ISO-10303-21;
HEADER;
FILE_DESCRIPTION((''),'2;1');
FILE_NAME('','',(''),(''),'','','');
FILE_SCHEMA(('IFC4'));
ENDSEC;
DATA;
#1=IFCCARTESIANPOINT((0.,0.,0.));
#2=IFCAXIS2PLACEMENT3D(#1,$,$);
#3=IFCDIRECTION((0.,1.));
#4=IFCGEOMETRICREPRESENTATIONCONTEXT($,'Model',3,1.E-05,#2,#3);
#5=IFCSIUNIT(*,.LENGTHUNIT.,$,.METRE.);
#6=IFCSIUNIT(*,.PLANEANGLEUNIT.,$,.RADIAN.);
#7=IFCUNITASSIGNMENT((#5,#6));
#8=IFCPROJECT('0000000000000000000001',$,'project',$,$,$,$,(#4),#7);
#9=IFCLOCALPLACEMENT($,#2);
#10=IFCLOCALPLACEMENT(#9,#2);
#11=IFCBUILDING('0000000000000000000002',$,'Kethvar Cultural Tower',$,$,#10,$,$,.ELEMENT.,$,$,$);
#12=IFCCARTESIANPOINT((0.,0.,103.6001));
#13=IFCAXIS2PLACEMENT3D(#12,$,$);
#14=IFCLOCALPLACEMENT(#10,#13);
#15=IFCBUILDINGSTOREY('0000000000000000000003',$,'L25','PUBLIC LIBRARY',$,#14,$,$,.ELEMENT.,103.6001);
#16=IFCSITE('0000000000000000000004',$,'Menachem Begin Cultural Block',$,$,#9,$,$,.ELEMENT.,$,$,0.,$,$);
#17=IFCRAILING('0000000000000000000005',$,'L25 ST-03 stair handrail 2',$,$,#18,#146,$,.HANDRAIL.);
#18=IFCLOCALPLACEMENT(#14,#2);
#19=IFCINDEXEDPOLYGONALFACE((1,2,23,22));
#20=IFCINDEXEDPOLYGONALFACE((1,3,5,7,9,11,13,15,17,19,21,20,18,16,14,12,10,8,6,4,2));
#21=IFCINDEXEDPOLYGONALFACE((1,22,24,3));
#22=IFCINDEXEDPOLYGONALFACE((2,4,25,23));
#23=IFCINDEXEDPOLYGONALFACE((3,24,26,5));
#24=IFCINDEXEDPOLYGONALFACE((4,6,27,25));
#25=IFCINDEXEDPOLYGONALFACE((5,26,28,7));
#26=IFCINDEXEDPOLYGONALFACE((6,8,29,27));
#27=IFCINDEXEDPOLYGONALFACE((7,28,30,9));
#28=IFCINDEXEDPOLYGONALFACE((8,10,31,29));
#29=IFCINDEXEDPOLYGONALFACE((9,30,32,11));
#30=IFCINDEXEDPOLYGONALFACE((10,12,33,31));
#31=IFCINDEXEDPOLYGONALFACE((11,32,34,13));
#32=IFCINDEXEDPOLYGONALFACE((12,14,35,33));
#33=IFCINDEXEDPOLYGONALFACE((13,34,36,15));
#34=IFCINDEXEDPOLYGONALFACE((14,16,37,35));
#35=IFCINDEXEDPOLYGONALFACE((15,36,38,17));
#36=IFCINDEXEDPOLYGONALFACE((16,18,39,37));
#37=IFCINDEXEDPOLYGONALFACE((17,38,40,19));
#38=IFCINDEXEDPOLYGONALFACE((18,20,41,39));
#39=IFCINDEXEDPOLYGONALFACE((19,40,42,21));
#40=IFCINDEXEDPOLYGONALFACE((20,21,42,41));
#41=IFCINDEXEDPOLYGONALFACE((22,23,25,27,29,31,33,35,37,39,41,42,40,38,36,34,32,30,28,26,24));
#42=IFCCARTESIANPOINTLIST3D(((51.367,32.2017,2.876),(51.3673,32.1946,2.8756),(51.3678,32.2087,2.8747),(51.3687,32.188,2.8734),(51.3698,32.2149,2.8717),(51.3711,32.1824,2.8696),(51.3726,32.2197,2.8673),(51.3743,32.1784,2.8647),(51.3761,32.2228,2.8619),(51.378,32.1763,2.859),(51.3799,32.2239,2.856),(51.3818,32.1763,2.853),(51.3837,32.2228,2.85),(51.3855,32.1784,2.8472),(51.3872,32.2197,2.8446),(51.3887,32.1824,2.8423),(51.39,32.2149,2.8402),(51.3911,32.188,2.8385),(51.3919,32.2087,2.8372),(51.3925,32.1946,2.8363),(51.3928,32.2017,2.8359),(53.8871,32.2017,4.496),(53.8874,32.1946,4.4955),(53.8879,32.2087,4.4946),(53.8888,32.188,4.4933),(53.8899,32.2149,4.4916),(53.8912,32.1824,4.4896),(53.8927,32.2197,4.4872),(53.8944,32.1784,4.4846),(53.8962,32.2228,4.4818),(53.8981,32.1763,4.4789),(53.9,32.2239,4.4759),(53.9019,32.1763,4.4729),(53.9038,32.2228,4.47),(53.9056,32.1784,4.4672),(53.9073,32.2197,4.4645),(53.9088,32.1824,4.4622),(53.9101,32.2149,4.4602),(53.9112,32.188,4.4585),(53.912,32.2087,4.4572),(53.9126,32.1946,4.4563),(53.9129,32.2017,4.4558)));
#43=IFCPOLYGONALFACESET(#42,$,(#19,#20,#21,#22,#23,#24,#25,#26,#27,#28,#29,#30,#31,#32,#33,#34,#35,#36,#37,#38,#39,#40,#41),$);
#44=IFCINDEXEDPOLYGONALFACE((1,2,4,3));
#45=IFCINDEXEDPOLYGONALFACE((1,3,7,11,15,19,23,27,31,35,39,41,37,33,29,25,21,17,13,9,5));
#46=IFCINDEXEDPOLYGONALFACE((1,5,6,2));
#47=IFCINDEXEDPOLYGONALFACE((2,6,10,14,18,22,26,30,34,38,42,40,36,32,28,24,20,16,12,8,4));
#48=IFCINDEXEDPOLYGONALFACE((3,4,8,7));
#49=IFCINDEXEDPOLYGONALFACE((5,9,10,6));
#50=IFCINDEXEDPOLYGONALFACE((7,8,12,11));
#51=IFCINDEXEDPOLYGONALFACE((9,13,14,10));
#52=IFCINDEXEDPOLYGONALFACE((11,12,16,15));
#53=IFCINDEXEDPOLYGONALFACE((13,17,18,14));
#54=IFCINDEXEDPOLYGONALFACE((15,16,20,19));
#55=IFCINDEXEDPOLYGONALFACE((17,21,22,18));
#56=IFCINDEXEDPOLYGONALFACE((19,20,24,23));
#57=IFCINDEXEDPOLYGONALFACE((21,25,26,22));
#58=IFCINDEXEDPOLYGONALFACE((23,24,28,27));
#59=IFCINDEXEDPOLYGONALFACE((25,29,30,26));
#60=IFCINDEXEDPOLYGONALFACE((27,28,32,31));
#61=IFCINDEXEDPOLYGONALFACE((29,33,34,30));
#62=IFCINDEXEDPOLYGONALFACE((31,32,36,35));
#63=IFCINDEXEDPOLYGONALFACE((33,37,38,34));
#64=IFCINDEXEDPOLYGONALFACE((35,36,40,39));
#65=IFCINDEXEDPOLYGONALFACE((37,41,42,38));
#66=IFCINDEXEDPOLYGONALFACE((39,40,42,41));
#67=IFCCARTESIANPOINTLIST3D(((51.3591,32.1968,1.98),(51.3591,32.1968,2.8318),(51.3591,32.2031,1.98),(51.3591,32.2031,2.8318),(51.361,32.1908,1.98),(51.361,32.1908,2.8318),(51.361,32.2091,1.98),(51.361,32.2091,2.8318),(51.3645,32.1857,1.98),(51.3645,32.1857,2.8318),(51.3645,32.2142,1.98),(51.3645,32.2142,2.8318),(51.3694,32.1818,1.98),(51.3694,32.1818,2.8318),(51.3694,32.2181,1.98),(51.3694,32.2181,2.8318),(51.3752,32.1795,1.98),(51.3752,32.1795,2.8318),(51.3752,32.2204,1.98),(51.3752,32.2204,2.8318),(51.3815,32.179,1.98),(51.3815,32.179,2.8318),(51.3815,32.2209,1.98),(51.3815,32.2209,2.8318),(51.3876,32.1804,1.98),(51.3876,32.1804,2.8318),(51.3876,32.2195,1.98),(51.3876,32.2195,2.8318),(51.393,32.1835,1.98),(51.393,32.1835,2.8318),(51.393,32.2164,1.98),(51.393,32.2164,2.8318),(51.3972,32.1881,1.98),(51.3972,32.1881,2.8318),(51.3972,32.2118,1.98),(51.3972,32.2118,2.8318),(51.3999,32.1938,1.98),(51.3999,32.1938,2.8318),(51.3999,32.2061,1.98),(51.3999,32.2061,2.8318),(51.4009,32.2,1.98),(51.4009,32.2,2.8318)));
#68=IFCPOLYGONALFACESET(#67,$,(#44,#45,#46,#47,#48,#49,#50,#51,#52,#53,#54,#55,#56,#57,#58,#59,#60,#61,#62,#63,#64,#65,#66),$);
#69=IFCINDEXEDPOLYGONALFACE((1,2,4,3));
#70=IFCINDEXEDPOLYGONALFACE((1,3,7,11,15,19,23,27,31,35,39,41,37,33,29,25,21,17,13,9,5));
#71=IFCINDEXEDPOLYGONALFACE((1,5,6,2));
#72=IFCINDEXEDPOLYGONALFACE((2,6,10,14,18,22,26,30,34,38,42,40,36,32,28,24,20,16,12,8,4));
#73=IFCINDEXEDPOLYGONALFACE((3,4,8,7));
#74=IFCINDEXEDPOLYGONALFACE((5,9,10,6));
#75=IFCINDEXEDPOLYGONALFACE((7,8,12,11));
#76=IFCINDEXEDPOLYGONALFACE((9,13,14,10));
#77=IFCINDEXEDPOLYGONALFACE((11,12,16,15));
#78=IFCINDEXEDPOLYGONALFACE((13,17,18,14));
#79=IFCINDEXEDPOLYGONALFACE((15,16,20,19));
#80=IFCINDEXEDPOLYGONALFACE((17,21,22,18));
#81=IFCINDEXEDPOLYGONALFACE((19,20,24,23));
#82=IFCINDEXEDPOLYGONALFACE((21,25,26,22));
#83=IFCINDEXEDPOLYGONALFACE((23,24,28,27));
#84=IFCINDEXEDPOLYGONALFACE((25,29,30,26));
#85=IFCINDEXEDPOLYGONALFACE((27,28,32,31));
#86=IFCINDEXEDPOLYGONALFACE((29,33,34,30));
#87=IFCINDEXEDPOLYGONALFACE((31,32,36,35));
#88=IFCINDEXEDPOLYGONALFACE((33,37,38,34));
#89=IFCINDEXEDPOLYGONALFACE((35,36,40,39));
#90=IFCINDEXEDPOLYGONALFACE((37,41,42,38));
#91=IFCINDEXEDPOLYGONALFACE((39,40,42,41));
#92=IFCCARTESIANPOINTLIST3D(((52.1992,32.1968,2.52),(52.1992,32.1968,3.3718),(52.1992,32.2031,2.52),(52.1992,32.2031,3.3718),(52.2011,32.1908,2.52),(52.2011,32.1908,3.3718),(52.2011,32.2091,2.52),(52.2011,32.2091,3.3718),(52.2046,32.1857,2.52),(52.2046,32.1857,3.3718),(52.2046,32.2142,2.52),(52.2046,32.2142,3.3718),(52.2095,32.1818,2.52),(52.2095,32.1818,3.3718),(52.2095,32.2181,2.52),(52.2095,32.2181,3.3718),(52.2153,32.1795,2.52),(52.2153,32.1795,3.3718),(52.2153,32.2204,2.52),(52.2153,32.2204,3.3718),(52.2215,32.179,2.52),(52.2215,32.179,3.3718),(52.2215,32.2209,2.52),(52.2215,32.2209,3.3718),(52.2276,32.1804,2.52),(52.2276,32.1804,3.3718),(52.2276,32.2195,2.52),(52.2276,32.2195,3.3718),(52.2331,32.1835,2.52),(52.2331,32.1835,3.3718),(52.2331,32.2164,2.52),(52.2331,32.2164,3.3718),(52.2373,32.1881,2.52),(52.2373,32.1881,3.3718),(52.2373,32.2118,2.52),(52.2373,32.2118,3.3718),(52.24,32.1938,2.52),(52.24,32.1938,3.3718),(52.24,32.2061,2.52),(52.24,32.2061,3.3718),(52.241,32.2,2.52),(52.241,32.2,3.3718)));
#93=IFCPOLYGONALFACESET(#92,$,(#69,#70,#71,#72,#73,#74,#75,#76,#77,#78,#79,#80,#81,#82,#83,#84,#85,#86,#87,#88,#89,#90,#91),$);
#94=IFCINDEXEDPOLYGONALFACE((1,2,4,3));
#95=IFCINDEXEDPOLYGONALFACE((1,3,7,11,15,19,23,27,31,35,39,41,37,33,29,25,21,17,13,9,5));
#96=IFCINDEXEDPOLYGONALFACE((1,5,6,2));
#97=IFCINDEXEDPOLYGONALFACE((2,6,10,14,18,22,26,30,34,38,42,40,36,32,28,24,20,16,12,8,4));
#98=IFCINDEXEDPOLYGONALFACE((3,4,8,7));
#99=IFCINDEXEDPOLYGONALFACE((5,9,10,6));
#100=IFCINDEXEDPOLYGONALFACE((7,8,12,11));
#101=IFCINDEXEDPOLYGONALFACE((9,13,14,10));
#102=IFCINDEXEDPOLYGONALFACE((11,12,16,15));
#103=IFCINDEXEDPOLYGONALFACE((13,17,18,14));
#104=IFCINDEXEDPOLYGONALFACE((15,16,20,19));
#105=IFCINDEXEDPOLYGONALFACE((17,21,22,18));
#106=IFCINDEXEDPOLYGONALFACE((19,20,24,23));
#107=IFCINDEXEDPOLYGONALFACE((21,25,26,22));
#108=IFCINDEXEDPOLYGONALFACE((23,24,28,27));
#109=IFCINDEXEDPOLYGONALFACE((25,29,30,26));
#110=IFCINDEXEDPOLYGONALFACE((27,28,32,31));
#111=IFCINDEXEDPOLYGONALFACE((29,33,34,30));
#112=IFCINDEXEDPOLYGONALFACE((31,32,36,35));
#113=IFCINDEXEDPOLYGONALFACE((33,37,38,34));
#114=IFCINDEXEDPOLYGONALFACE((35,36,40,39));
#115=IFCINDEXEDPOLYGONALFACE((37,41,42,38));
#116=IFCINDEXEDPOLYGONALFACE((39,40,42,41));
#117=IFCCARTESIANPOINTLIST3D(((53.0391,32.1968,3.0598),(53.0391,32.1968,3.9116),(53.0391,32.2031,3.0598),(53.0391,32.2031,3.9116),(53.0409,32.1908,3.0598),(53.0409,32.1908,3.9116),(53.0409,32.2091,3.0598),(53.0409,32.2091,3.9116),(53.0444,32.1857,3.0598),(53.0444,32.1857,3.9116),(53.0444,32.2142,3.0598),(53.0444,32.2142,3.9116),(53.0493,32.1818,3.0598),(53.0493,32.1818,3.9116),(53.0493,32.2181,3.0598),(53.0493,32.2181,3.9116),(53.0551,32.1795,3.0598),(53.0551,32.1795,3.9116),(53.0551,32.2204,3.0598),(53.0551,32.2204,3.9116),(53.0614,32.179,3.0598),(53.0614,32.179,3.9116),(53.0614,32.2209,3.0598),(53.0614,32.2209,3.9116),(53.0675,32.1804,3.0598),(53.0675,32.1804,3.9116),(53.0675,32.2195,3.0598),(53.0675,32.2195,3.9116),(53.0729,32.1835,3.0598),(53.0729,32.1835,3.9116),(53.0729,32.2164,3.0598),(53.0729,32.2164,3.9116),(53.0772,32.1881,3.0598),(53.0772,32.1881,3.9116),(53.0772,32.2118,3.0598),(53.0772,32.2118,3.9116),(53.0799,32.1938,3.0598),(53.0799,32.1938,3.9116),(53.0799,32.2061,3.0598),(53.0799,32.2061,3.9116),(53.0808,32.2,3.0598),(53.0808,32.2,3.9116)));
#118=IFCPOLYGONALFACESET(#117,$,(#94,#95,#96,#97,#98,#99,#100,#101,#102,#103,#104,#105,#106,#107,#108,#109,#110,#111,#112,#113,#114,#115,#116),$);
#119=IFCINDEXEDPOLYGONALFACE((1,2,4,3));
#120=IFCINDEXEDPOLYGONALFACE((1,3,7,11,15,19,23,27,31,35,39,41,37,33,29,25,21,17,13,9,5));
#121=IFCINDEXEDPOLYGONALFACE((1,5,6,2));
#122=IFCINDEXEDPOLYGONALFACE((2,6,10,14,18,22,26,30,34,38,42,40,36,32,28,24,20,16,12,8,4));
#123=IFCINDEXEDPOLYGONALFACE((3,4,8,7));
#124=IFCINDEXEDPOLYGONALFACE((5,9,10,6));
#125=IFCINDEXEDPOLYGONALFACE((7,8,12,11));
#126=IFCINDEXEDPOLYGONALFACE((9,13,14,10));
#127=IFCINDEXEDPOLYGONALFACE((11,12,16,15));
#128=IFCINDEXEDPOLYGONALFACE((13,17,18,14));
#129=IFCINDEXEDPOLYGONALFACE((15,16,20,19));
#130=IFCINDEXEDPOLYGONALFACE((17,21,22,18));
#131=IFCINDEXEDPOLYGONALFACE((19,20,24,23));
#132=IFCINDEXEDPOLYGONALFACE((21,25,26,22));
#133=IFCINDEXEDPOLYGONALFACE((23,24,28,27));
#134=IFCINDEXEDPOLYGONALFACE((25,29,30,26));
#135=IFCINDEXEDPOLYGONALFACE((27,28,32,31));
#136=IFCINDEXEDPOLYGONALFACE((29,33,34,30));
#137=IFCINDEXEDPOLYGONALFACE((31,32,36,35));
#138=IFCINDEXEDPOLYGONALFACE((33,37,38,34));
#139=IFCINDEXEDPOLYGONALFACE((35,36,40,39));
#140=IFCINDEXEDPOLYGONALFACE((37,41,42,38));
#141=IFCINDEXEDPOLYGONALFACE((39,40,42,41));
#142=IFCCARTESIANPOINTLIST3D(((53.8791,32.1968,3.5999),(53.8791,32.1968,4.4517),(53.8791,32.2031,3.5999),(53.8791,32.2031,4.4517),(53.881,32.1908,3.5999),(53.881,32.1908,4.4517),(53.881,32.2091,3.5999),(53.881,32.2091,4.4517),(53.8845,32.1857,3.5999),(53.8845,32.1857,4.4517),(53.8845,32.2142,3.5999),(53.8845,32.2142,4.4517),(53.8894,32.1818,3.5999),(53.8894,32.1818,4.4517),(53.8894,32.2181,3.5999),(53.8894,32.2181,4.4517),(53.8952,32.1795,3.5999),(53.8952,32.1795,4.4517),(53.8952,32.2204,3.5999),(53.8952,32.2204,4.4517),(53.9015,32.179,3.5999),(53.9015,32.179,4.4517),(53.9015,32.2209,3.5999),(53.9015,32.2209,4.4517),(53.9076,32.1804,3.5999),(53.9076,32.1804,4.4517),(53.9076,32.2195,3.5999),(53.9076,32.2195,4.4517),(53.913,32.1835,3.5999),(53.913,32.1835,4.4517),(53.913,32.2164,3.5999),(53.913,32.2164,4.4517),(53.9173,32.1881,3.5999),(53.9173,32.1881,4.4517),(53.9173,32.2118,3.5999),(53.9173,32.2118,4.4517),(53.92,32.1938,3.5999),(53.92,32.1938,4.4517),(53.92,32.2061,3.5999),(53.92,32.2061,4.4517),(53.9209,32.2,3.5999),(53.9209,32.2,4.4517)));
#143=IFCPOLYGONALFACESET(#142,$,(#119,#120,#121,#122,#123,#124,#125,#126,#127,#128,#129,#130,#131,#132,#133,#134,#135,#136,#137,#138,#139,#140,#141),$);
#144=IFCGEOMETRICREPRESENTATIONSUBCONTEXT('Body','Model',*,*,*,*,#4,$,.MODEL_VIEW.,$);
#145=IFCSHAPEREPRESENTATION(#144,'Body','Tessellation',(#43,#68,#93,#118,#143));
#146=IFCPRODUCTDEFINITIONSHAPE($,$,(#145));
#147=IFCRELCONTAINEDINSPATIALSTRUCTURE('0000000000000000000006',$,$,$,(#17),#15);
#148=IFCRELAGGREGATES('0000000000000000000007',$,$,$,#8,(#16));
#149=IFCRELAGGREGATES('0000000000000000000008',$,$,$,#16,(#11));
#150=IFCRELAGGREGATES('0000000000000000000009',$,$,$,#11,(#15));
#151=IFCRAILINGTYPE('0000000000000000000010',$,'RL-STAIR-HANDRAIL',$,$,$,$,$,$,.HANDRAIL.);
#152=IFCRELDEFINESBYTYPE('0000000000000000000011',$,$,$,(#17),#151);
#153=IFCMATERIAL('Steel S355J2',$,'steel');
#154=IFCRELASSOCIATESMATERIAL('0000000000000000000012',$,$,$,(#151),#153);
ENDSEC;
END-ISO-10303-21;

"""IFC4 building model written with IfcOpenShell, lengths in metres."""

from ifc_helpers import new_model, si_unit, direction, frame, origin, origin_2d, place, context, subcontext, project, spatial, circle, extrude, material, type_object, element, save


model = new_model("IFC4")

# Units and contexts
model_context = context("Model", 3, precision=1e-05, world=origin(), true_north=direction((0.0, 1.0)))
body_context = subcontext(model_context, "Body", "Model", "MODEL_VIEW")
ifc_project = project(units=[si_unit("LENGTHUNIT", "METRE"), si_unit("PLANEANGLEUNIT", "RADIAN")], contexts=[model_context])

# Site, building, storey
site_placement = place(None, origin())
site = spatial("IfcSite", under=ifc_project, at=site_placement, Name="Menachem Begin Cultural Block", CompositionType="ELEMENT", RefElevation=0.0)
building_placement = place(site_placement, origin())
building = spatial("IfcBuilding", under=site, at=building_placement, Name="Kethvar Cultural Tower", CompositionType="ELEMENT")
storey_placement = place(building_placement, frame((0.0, 0.0, 103.6001)))
storey = spatial("IfcBuildingStorey", under=building, at=storey_placement, Name="L25", Description="PUBLIC LIBRARY", CompositionType="ELEMENT", Elevation=103.6001)

# Shared definitions
ifc_material_1 = material(Name="Steel S355J2", Category="steel")

# Railing
railing_type_1 = type_object("IfcRailingType", Name="RL-STAIR-HANDRAIL", PredefinedType="HANDRAIL", material=ifc_material_1)
railing_1_placement = place(storey_placement, frame((51.3799, 32.2, 1.98)))
element("IfcRailing", 1, at=railing_1_placement, inside=storey, type_object=railing_type_1, Name="L25 ST-03 stair handrail 2", PredefinedType="HANDRAIL", context=body_context, shape_type="SweptSolid", body=[
    extrude(circle(Radius=0.0239, at=origin_2d()), frame((0.0, 0.0, 0.876), z_axis=(0.8412, 0.0, 0.540725), x_axis=(0.0, 1.0, 0.0)), (0.0, 0.0, 1.0), 2.9958),
    extrude(circle(Radius=0.021, at=origin_2d()), origin(), (0.0, 0.0, 1.0), 0.8518),
    extrude(circle(Radius=0.021, at=origin_2d()), frame((0.8401, 0.0, 0.54)), (0.0, 0.0, 1.0), 0.8518),
    extrude(circle(Radius=0.021, at=origin_2d()), frame((1.6799, 0.0, 1.0798)), (0.0, 0.0, 1.0), 0.8518),
    extrude(circle(Radius=0.021, at=origin_2d()), frame((2.52, 0.0, 1.6199)), (0.0, 0.0, 1.0), 0.8518),
])

save(model, "model.ifc")
